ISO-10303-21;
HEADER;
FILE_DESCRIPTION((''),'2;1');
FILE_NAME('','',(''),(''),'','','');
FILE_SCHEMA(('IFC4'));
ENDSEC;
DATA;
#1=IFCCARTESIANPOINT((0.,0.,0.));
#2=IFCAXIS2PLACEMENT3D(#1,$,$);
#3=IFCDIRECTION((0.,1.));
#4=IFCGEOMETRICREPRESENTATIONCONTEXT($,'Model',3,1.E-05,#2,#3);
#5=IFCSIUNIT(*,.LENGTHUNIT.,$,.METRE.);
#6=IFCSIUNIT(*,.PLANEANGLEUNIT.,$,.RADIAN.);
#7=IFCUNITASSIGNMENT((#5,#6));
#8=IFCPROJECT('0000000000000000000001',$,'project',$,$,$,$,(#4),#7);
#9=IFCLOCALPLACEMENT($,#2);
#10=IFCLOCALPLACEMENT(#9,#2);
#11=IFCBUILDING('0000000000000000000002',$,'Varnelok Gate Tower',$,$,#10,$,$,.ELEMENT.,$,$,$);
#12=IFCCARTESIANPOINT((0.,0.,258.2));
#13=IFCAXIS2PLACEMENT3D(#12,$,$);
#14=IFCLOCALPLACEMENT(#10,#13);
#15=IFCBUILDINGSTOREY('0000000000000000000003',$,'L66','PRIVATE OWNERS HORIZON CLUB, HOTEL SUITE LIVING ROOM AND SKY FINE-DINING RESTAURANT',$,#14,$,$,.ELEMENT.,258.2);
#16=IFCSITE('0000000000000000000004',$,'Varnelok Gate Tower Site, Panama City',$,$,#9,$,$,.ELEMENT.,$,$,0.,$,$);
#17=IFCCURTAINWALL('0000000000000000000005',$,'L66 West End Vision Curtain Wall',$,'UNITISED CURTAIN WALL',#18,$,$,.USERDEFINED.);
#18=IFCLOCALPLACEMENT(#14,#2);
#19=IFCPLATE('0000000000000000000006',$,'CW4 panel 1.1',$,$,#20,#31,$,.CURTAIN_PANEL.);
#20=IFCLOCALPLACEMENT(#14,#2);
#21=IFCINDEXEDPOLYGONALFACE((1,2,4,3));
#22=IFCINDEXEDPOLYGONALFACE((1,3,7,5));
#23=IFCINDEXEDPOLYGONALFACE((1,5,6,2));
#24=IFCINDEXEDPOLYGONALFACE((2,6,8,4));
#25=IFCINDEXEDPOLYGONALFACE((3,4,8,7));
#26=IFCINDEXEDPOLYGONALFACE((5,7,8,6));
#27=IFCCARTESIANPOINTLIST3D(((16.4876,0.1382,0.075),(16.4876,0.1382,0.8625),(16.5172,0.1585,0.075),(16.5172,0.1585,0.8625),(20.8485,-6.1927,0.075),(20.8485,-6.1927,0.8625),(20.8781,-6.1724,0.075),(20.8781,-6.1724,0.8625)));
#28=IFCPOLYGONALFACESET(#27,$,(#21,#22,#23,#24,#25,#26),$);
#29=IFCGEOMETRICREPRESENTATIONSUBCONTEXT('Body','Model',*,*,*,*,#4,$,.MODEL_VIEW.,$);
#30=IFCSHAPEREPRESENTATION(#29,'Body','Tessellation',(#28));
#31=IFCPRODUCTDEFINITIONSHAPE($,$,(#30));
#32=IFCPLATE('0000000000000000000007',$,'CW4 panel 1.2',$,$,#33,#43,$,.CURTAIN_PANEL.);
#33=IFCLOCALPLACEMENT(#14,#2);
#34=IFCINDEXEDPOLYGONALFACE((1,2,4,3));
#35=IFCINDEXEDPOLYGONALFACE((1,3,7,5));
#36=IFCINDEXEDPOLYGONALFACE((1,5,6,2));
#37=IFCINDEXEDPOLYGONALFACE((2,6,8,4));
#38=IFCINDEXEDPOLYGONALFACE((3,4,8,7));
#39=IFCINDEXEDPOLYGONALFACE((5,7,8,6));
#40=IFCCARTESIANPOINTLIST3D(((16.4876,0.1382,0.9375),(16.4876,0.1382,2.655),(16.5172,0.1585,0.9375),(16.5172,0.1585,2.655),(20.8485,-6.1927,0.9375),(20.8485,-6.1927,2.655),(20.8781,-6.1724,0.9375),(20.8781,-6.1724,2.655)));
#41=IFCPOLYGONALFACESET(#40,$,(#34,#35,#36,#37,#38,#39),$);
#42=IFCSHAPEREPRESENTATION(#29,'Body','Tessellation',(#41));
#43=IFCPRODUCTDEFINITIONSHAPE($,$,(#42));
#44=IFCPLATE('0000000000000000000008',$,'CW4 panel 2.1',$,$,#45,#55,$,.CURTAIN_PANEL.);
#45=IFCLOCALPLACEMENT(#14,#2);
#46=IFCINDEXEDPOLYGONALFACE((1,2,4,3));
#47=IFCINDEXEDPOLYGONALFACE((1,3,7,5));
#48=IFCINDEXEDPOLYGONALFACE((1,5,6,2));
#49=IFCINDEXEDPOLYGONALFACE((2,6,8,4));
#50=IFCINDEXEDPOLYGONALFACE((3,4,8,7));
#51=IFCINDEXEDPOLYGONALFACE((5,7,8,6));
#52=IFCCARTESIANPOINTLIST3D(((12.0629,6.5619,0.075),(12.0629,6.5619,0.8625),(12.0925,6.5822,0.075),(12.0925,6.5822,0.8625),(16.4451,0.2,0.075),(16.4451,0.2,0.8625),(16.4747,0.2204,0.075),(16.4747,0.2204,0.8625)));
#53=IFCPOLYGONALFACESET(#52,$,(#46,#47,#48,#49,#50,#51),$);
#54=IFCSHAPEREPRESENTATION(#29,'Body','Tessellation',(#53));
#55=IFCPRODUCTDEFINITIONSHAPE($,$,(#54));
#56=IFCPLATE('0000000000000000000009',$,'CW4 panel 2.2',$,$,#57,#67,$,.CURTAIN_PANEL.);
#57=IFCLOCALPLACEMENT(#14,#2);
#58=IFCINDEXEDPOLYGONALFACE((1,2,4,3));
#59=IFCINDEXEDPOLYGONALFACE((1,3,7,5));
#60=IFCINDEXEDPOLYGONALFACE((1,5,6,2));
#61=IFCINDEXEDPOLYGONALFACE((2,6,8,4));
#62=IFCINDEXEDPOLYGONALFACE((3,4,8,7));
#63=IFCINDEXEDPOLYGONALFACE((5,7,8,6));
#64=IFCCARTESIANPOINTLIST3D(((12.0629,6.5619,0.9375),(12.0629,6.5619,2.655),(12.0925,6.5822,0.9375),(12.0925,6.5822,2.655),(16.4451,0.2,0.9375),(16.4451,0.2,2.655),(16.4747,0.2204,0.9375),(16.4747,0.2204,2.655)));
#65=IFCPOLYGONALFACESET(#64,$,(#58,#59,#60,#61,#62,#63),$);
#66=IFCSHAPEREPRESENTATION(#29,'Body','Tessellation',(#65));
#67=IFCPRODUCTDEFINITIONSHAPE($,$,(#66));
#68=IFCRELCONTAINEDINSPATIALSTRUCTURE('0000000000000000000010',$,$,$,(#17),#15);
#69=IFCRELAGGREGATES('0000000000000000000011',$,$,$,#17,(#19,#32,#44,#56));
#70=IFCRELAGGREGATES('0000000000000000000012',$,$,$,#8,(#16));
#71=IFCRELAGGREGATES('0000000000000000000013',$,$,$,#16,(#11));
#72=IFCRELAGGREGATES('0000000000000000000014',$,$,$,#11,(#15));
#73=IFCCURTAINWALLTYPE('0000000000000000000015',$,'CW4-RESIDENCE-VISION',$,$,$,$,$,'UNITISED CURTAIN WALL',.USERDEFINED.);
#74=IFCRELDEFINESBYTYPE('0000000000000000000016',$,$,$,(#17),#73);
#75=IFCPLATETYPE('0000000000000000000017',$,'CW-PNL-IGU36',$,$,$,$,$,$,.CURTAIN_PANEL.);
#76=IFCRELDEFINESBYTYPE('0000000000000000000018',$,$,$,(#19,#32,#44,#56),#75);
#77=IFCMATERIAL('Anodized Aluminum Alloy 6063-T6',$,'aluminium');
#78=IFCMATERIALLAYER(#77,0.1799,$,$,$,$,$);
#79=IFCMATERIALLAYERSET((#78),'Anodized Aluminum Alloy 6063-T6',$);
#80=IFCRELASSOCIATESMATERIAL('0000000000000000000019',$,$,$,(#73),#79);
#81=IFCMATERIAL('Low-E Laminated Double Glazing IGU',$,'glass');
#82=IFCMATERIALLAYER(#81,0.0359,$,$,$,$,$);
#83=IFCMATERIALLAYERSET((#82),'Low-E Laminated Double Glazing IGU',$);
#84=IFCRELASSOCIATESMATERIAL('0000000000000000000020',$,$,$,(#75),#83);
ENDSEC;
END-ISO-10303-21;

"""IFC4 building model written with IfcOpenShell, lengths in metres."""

from ifc_helpers import new_model, si_unit, direction, frame, origin, origin_2d, place, context, subcontext, project, spatial, rectangle, extrude, source, transform, mapped, material, layer, layer_set, type_object, element, aggregate, save


model = new_model("IFC4")

# Units and contexts
model_context = context("Model", 3, precision=1e-05, world=origin(), true_north=direction((0.0, 1.0)))
body_context = subcontext(model_context, "Body", "Model", "MODEL_VIEW")
ifc_project = project(units=[si_unit("LENGTHUNIT", "METRE"), si_unit("PLANEANGLEUNIT", "RADIAN")], contexts=[model_context])

# Site, building, storey
site_placement = place(None, origin())
site = spatial("IfcSite", under=ifc_project, at=site_placement, Name="Varnelok Gate Tower Site, Panama City", CompositionType="ELEMENT", RefElevation=0.0)
building_placement = place(site_placement, origin())
building = spatial("IfcBuilding", under=site, at=building_placement, Name="Varnelok Gate Tower", CompositionType="ELEMENT")
storey_placement = place(building_placement, frame((0.0, 0.0, 258.2)))
storey = spatial("IfcBuildingStorey", under=building, at=storey_placement, Name="L66", Description="PRIVATE OWNERS HORIZON CLUB, HOTEL SUITE LIVING ROOM AND SKY FINE-DINING RESTAURANT", CompositionType="ELEMENT", Elevation=258.2)

# Curtain wall
ifc_material_1 = material(Name="Anodized Aluminum Alloy 6063-T6", Category="aluminium")
ifc_layer_1 = layer(ifc_material_1, 0.1799)
ifc_layer_set_1 = layer_set([ifc_layer_1], Name="Anodized Aluminum Alloy 6063-T6")
curtain_wall_type = type_object("IfcCurtainWallType", Name="CW4-RESIDENCE-VISION", ElementType="UNITISED CURTAIN WALL", PredefinedType="USERDEFINED", material=ifc_layer_set_1)
curtain_wall_placement = place(storey_placement, origin())
curtain_wall = element("IfcCurtainWall", 1, at=curtain_wall_placement, inside=storey, type_object=curtain_wall_type, Name="L66 West End Vision Curtain Wall", ObjectType="UNITISED CURTAIN WALL", PredefinedType="USERDEFINED")

# Plates
ifc_material_2 = material(Name="Low-E Laminated Double Glazing IGU", Category="glass")
ifc_layer_2 = layer(ifc_material_2, 0.0359)
ifc_layer_set_2 = layer_set([ifc_layer_2], Name="Low-E Laminated Double Glazing IGU")
plate_type = type_object("IfcPlateType", Name="CW-PNL-IGU36", PredefinedType="CURTAIN_PANEL", material=ifc_layer_set_2)
shared_shape_1 = source(origin(), body_context, "Body", "SweptSolid", [
    extrude(rectangle(XDim=7.6875, YDim=0.0359, at=origin_2d()), origin(), (0.0, 0.0, 1.0), 0.7876),
])
plate_1_placement = place(storey_placement, frame((18.6829, -3.0171, 0.075), z_axis=(0.0, 0.0, 1.0), x_axis=(-0.567269, 0.823532, 0.0)))
plate_1 = element("IfcPlate", 2, at=plate_1_placement, type_object=plate_type, Name="CW4 panel 1.1", PredefinedType="CURTAIN_PANEL", context=body_context, shape_type="MappedRepresentation", body=[
    mapped(shared_shape_1, transform((0.0, 0.0, 0.0), scale=1.0)),
])
shared_shape_2 = source(origin(), body_context, "Body", "SweptSolid", [
    extrude(rectangle(XDim=7.6875, YDim=0.0359, at=origin_2d()), origin(), (0.0, 0.0, 1.0), 1.7175),
])
plate_2_placement = place(storey_placement, frame((18.6829, -3.0171, 0.9375), z_axis=(0.0, 0.0, 1.0), x_axis=(-0.567269, 0.823532, 0.0)))
plate_2 = element("IfcPlate", 3, at=plate_2_placement, type_object=plate_type, Name="CW4 panel 1.2", PredefinedType="CURTAIN_PANEL", context=body_context, shape_type="MappedRepresentation", body=[
    mapped(shared_shape_2, transform((0.0, 0.0, 0.0), scale=1.0)),
])
shared_shape_3 = source(origin(), body_context, "Body", "SweptSolid", [
    extrude(rectangle(XDim=7.7251, YDim=0.0359, at=origin_2d()), origin(), (0.0, 0.0, 1.0), 0.7876),
])
plate_3_placement = place(storey_placement, frame((14.2688, 3.3911, 0.075), z_axis=(0.0, 0.0, 1.0), x_axis=(-0.567269, 0.823532, 0.0)))
plate_3 = element("IfcPlate", 4, at=plate_3_placement, type_object=plate_type, Name="CW4 panel 2.1", PredefinedType="CURTAIN_PANEL", context=body_context, shape_type="MappedRepresentation", body=[
    mapped(shared_shape_3, transform((0.0, 0.0, 0.0), scale=1.0)),
])
shared_shape_4 = source(origin(), body_context, "Body", "SweptSolid", [
    extrude(rectangle(XDim=7.7251, YDim=0.0359, at=origin_2d()), origin(), (0.0, 0.0, 1.0), 1.7175),
])
plate_4_placement = place(storey_placement, frame((14.2688, 3.3911, 0.9375), z_axis=(0.0, 0.0, 1.0), x_axis=(-0.567269, 0.823532, 0.0)))
plate_4 = element("IfcPlate", 5, at=plate_4_placement, type_object=plate_type, Name="CW4 panel 2.2", PredefinedType="CURTAIN_PANEL", context=body_context, shape_type="MappedRepresentation", body=[
    mapped(shared_shape_4, transform((0.0, 0.0, 0.0), scale=1.0)),
])
aggregate(curtain_wall, [plate_1, plate_2, plate_3, plate_4])

save(model, "model.ifc")
